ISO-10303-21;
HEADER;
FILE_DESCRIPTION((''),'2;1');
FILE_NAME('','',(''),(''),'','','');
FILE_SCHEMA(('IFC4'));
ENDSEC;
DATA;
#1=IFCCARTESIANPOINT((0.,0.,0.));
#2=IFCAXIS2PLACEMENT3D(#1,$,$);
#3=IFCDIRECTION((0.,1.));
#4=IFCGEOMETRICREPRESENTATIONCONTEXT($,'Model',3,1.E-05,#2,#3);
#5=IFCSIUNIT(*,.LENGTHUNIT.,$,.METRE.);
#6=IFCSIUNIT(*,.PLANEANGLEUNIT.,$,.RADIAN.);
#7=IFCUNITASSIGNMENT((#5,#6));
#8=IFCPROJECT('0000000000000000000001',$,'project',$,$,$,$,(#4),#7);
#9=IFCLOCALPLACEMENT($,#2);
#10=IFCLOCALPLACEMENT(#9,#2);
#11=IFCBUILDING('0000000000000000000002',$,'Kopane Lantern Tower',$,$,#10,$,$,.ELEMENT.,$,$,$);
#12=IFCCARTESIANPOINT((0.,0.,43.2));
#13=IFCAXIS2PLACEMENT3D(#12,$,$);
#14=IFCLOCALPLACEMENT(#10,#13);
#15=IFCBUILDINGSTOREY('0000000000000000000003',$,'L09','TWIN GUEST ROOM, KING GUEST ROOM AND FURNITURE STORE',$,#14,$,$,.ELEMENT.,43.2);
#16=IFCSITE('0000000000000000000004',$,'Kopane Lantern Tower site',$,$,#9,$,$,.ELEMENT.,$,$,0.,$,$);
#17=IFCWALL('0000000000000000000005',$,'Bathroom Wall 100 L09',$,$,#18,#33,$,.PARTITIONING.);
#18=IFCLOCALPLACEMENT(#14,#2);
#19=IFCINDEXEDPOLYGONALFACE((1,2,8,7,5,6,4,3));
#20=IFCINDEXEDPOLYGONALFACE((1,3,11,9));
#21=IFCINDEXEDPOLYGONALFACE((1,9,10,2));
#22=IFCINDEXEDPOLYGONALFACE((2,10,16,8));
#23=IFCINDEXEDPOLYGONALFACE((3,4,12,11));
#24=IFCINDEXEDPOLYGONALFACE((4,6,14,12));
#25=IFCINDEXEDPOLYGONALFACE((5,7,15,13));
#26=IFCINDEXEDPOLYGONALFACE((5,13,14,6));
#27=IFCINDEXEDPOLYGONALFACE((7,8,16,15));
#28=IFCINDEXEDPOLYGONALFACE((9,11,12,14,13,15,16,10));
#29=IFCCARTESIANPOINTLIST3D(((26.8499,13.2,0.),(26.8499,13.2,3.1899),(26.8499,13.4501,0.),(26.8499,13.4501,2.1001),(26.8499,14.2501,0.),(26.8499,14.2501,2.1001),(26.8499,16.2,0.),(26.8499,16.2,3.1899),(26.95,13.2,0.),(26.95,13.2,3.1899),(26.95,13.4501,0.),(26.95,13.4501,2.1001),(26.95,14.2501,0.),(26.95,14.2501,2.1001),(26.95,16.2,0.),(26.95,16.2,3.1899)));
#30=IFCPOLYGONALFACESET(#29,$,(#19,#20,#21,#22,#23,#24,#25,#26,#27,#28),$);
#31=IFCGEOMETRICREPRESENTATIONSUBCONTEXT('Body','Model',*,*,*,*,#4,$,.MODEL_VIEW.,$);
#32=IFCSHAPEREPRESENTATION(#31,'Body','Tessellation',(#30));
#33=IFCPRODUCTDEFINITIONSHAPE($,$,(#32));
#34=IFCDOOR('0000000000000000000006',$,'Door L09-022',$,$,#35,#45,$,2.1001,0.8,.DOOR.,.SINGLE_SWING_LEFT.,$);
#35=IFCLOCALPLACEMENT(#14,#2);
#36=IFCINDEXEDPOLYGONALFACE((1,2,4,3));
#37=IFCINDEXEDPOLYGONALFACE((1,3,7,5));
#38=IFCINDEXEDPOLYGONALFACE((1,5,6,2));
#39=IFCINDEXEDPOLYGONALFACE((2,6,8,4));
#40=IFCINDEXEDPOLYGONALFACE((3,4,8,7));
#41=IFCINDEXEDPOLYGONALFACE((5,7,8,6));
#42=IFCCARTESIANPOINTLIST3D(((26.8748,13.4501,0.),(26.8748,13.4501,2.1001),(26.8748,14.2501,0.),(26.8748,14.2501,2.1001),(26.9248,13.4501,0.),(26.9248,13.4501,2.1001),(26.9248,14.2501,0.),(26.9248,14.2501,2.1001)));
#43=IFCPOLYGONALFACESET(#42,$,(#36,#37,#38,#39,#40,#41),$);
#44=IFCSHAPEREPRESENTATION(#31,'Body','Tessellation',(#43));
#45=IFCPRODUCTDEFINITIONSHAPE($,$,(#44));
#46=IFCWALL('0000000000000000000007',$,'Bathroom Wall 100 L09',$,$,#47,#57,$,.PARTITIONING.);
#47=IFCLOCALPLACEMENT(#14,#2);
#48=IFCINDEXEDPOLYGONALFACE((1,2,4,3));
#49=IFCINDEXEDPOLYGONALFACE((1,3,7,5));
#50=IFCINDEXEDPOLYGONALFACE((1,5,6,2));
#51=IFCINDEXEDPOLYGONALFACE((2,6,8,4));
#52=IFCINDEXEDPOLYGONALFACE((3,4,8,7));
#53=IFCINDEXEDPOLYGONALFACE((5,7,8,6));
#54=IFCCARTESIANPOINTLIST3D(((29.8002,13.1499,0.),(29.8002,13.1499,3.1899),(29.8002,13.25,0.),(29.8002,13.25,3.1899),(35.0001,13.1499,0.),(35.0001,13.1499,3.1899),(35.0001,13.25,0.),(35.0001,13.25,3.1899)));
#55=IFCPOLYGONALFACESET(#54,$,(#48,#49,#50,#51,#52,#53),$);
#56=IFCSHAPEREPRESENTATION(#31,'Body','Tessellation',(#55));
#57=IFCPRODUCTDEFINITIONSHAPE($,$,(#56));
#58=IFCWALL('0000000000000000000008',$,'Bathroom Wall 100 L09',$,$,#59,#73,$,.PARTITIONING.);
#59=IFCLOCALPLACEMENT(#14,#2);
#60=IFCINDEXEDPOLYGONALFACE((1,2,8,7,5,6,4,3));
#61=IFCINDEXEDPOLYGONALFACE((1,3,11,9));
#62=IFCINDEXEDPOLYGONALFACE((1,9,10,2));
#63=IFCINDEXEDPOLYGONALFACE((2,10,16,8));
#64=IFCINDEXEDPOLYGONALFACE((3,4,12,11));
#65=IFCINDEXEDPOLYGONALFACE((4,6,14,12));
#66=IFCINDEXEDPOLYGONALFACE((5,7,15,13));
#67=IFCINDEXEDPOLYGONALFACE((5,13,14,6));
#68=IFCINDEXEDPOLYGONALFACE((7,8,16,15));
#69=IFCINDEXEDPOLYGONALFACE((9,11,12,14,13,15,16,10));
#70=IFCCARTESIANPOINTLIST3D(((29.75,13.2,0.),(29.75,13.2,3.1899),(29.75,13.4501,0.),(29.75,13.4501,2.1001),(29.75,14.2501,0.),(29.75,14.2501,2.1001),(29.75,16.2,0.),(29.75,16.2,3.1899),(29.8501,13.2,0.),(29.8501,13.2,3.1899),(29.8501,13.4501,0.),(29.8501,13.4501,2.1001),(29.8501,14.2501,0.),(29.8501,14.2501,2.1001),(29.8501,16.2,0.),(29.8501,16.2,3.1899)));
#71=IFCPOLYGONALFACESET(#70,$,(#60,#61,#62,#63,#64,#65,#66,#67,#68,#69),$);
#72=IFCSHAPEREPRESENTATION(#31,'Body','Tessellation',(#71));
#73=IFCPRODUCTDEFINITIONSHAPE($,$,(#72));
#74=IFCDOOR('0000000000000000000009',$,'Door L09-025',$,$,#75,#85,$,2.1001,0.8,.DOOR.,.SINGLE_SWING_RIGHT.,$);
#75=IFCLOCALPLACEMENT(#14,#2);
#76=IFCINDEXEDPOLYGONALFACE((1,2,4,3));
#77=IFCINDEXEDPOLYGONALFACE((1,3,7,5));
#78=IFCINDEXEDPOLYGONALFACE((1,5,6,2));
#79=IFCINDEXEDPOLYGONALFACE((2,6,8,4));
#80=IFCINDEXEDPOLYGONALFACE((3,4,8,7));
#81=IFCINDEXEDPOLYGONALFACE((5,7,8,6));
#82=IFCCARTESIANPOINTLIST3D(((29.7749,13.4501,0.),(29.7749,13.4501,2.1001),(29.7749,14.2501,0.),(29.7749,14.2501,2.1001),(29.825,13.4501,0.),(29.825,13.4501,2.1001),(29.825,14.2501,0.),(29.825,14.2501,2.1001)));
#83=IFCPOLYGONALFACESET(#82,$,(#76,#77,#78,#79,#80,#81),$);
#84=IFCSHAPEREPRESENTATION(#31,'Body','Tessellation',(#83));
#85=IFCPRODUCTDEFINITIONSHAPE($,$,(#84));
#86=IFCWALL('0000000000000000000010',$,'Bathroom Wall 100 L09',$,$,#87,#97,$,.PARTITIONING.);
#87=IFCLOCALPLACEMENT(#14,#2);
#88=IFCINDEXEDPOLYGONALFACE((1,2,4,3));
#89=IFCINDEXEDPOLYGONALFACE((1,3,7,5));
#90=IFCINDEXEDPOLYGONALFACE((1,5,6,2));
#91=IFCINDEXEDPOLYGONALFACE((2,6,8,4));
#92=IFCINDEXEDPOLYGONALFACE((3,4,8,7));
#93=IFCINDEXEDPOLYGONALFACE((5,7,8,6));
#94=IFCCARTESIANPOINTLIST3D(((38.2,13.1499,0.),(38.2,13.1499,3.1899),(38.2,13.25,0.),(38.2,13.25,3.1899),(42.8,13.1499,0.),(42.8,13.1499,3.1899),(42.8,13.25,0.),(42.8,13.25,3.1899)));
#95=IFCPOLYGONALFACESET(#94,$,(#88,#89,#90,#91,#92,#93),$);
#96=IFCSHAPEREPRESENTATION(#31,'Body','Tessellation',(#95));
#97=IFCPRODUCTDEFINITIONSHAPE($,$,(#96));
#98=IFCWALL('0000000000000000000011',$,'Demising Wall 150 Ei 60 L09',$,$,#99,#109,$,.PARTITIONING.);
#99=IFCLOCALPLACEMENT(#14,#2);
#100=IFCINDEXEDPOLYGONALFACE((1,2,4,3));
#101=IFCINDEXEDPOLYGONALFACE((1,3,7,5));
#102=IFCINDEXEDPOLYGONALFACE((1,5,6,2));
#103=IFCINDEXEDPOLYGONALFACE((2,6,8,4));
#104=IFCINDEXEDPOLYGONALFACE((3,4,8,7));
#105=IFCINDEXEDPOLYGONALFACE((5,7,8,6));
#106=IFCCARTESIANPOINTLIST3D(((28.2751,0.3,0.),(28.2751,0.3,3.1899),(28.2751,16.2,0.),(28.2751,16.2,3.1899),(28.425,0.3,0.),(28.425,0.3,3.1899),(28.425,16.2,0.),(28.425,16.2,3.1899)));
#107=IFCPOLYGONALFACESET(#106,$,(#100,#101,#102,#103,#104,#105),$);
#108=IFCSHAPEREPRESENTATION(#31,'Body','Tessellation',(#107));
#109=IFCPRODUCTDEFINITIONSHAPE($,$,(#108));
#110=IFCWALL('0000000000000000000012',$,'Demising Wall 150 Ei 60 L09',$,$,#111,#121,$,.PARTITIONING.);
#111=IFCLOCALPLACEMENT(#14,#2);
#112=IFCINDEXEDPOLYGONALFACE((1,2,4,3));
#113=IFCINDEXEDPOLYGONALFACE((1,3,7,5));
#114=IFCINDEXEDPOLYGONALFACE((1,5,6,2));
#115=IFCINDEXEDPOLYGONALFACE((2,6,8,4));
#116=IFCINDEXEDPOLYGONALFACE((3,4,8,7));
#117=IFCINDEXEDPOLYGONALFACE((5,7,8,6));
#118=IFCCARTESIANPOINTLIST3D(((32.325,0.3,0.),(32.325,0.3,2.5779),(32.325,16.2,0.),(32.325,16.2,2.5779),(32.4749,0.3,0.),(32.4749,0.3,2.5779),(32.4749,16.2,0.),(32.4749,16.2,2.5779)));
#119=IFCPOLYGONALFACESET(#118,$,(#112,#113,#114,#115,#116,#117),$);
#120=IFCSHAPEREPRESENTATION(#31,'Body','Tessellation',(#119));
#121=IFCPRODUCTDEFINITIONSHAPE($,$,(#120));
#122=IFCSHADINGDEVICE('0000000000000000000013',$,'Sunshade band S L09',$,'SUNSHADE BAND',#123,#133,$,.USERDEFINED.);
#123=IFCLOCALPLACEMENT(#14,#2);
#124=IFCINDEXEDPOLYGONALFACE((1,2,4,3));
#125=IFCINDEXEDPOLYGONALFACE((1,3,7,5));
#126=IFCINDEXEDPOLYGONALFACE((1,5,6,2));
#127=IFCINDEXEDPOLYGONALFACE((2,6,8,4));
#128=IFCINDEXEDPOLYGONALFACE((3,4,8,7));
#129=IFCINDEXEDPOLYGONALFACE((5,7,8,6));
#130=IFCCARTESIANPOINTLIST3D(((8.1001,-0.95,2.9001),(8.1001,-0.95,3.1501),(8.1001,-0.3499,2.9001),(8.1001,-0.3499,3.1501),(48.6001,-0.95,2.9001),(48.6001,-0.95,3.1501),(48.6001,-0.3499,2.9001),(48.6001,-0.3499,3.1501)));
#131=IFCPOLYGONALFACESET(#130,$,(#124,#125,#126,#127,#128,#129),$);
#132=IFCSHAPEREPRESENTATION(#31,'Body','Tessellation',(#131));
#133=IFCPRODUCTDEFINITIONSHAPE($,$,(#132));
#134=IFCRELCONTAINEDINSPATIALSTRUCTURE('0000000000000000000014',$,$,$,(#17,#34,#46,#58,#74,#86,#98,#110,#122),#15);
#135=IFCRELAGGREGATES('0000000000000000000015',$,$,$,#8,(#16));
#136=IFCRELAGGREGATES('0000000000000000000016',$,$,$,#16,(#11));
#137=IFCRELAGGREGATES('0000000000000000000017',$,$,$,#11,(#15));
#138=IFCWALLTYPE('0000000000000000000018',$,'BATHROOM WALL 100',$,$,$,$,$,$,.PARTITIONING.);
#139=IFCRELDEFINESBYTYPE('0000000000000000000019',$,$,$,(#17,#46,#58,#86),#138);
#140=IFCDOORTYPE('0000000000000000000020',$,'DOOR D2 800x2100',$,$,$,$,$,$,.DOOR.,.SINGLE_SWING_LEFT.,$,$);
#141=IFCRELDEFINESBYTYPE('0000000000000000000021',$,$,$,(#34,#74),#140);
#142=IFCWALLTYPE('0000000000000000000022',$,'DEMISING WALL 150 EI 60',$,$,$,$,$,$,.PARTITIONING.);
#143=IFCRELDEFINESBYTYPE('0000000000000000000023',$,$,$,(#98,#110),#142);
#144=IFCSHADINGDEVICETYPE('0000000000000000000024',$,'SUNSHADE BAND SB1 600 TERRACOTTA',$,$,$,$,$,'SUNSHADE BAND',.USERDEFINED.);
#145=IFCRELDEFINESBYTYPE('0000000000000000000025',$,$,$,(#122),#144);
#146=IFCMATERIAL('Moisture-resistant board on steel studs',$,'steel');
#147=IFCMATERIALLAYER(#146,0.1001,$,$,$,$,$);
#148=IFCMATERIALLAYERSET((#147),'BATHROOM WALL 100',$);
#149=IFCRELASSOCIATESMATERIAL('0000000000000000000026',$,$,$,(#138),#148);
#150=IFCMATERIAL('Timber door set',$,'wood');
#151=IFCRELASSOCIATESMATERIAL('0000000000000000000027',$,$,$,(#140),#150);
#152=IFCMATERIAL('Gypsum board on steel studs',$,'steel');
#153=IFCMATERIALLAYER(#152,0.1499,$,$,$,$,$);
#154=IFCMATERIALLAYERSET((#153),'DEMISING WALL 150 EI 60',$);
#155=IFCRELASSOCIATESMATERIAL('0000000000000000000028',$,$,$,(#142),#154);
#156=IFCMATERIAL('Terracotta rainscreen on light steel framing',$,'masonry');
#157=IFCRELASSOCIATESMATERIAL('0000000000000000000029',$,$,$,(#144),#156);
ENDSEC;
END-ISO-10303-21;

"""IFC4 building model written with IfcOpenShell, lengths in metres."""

from ifc_helpers import new_model, si_unit, direction, frame, frame_2d, origin, origin_2d, place, context, subcontext, project, spatial, rectangle, extrude, material, layer, layer_set, type_object, element, fill, save


model = new_model("IFC4")

# Units and contexts
model_context = context("Model", 3, precision=1e-05, world=origin(), true_north=direction((0.0, 1.0)))
body_context = subcontext(model_context, "Body", "Model", "MODEL_VIEW")
ifc_project = project(units=[si_unit("LENGTHUNIT", "METRE"), si_unit("PLANEANGLEUNIT", "RADIAN")], contexts=[model_context])

# Site, building, storey
site_placement = place(None, origin())
site = spatial("IfcSite", under=ifc_project, at=site_placement, Name="Kopane Lantern Tower site", CompositionType="ELEMENT", RefElevation=0.0)
building_placement = place(site_placement, origin())
building = spatial("IfcBuilding", under=site, at=building_placement, Name="Kopane Lantern Tower", CompositionType="ELEMENT")
storey_placement = place(building_placement, frame((0.0, 0.0, 43.2)))
storey = spatial("IfcBuildingStorey", under=building, at=storey_placement, Name="L09", Description="TWIN GUEST ROOM, KING GUEST ROOM AND FURNITURE STORE", CompositionType="ELEMENT", Elevation=43.2)

# Wall, opening, door
ifc_material_1 = material(Name="Moisture-resistant board on steel studs", Category="steel")
ifc_layer_1 = layer(ifc_material_1, 0.1001)
ifc_layer_set_1 = layer_set([ifc_layer_1], Name="BATHROOM WALL 100")
wall_type_1 = type_object("IfcWallType", Name="BATHROOM WALL 100", PredefinedType="PARTITIONING", material=ifc_layer_set_1)
wall_1_placement = place(storey_placement, frame((26.8999, 16.2, 0.0), z_axis=(0.0, 0.0, 1.0), x_axis=(0.0, -1.0, 0.0)))
wall_1 = element("IfcWall", 1, at=wall_1_placement, inside=storey, type_object=wall_type_1, Name="Bathroom Wall 100 L09", PredefinedType="PARTITIONING", context=body_context, shape_type="SweptSolid", body=[
    extrude(rectangle(XDim=3.0, YDim=0.1001, at=frame_2d((1.5, 0.0))), origin(), (0.0, 0.0, 1.0), 3.1899),
])
opening_1_placement = place(wall_1_placement, frame((1.95, 0.0, 0.0)))
opening_1 = element("IfcOpeningElement", 2, at=opening_1_placement, cuts=wall_1, PredefinedType="OPENING", context=body_context, shape_type="SweptSolid", body=[
    extrude(rectangle(XDim=0.8, YDim=2.1001, at=frame_2d((0.3999, 1.05))), frame((0.0, 0.0601, 0.0), z_axis=(0.0, -1.0, 0.0), x_axis=(1.0, 0.0, 0.0)), (0.0, 0.0, 1.0), 0.1201),
])
ifc_material_2 = material(Name="Timber door set", Category="wood")
door_type = type_object("IfcDoorType", Name="DOOR D2 800x2100", OperationType="SINGLE_SWING_LEFT", PredefinedType="DOOR", material=ifc_material_2)
door_1_placement = place(opening_1_placement, origin())
door_1 = element("IfcDoor", 3, at=door_1_placement, inside=storey, type_object=door_type, Name="Door L09-022", OperationType="SINGLE_SWING_LEFT", OverallHeight=2.1001, OverallWidth=0.8, PredefinedType="DOOR", context=body_context, shape_type="SweptSolid", body=[
    extrude(rectangle(XDim=0.8, YDim=2.1001, at=frame_2d((0.3999, 1.05))), frame((0.0, 0.0249, 0.0), z_axis=(0.0, -1.0, 0.0), x_axis=(1.0, 0.0, 0.0)), (0.0, 0.0, 1.0), 0.05),
])
fill(opening_1, door_1)

# Wall
wall_2_placement = place(storey_placement, frame((29.8, 13.2, 0.0), z_axis=(0.0, 0.0, 1.0), x_axis=(1.0, 0.0, 0.0)))
element("IfcWall", 4, at=wall_2_placement, inside=storey, type_object=wall_type_1, Name="Bathroom Wall 100 L09", PredefinedType="PARTITIONING", context=body_context, shape_type="SweptSolid", body=[
    extrude(rectangle(XDim=5.2, YDim=0.1001, at=frame_2d((2.6001, 0.0))), origin(), (0.0, 0.0, 1.0), 3.1899),
])

# Wall, opening, door
wall_3_placement = place(storey_placement, frame((29.8, 16.2, 0.0), z_axis=(0.0, 0.0, 1.0), x_axis=(0.0, -1.0, 0.0)))
wall_3 = element("IfcWall", 5, at=wall_3_placement, inside=storey, type_object=wall_type_1, Name="Bathroom Wall 100 L09", PredefinedType="PARTITIONING", context=body_context, shape_type="SweptSolid", body=[
    extrude(rectangle(XDim=3.0, YDim=0.1001, at=frame_2d((1.5, 0.0))), origin(), (0.0, 0.0, 1.0), 3.1899),
])
opening_2_placement = place(wall_3_placement, frame((1.95, 0.0, 0.0)))
opening_2 = element("IfcOpeningElement", 6, at=opening_2_placement, cuts=wall_3, PredefinedType="OPENING", context=body_context, shape_type="SweptSolid", body=[
    extrude(rectangle(XDim=0.8, YDim=2.1001, at=frame_2d((0.3999, 1.05))), frame((0.0, 0.0601, 0.0), z_axis=(0.0, -1.0, 0.0), x_axis=(1.0, 0.0, 0.0)), (0.0, 0.0, 1.0), 0.1201),
])
door_2_placement = place(opening_2_placement, origin())
door_2 = element("IfcDoor", 7, at=door_2_placement, inside=storey, type_object=door_type, Name="Door L09-025", OperationType="SINGLE_SWING_RIGHT", OverallHeight=2.1001, OverallWidth=0.8, PredefinedType="DOOR", context=body_context, shape_type="SweptSolid", body=[
    extrude(rectangle(XDim=0.8, YDim=2.1001, at=frame_2d((0.3999, 1.05))), frame((0.0, 0.0249, 0.0), z_axis=(0.0, -1.0, 0.0), x_axis=(1.0, 0.0, 0.0)), (0.0, 0.0, 1.0), 0.05),
])
fill(opening_2, door_2)

# Walls
wall_4_placement = place(storey_placement, frame((38.2, 13.2, 0.0), z_axis=(0.0, 0.0, 1.0), x_axis=(1.0, 0.0, 0.0)))
element("IfcWall", 8, at=wall_4_placement, inside=storey, type_object=wall_type_1, Name="Bathroom Wall 100 L09", PredefinedType="PARTITIONING", context=body_context, shape_type="SweptSolid", body=[
    extrude(rectangle(XDim=4.6001, YDim=0.1001, at=frame_2d((2.3, 0.0))), origin(), (0.0, 0.0, 1.0), 3.1899),
])
ifc_material_3 = material(Name="Gypsum board on steel studs", Category="steel")
ifc_layer_2 = layer(ifc_material_3, 0.1499)
ifc_layer_set_2 = layer_set([ifc_layer_2], Name="DEMISING WALL 150 EI 60")
wall_type_2 = type_object("IfcWallType", Name="DEMISING WALL 150 EI 60", PredefinedType="PARTITIONING", material=ifc_layer_set_2)
wall_5_placement = place(storey_placement, frame((28.3501, 16.2, 0.0), z_axis=(0.0, 0.0, 1.0), x_axis=(0.0, -1.0, 0.0)))
element("IfcWall", 9, at=wall_5_placement, inside=storey, type_object=wall_type_2, Name="Demising Wall 150 Ei 60 L09", PredefinedType="PARTITIONING", context=body_context, shape_type="SweptSolid", body=[
    extrude(rectangle(XDim=15.8999, YDim=0.1499, at=frame_2d((7.95, 0.0))), origin(), (0.0, 0.0, 1.0), 3.1899),
])
wall_6_placement = place(storey_placement, frame((32.3999, 16.2, 0.0), z_axis=(0.0, 0.0, 1.0), x_axis=(0.0, -1.0, 0.0)))
element("IfcWall", 10, at=wall_6_placement, inside=storey, type_object=wall_type_2, Name="Demising Wall 150 Ei 60 L09", PredefinedType="PARTITIONING", context=body_context, shape_type="SweptSolid", body=[
    extrude(rectangle(XDim=15.8999, YDim=0.1499, at=frame_2d((7.95, 0.0))), origin(), (0.0, 0.0, 1.0), 2.5779),
])

# Shading device
ifc_material_4 = material(Name="Terracotta rainscreen on light steel framing", Category="masonry")
shading_device_type = type_object("IfcShadingDeviceType", Name="SUNSHADE BAND SB1 600 TERRACOTTA", ElementType="SUNSHADE BAND", PredefinedType="USERDEFINED", material=ifc_material_4)
shading_device_placement = place(storey_placement, frame((28.3501, -0.6499, 2.9001), z_axis=(0.0, 0.0, 1.0), x_axis=(1.0, 0.0, 0.0)))
element("IfcShadingDevice", 11, at=shading_device_placement, inside=storey, type_object=shading_device_type, Name="Sunshade band S L09", ObjectType="SUNSHADE BAND", PredefinedType="USERDEFINED", context=body_context, shape_type="SweptSolid", body=[
    extrude(rectangle(XDim=40.5, YDim=0.6001, at=origin_2d()), origin(), (0.0, 0.0, 1.0), 0.25),
])

save(model, "model.ifc")
